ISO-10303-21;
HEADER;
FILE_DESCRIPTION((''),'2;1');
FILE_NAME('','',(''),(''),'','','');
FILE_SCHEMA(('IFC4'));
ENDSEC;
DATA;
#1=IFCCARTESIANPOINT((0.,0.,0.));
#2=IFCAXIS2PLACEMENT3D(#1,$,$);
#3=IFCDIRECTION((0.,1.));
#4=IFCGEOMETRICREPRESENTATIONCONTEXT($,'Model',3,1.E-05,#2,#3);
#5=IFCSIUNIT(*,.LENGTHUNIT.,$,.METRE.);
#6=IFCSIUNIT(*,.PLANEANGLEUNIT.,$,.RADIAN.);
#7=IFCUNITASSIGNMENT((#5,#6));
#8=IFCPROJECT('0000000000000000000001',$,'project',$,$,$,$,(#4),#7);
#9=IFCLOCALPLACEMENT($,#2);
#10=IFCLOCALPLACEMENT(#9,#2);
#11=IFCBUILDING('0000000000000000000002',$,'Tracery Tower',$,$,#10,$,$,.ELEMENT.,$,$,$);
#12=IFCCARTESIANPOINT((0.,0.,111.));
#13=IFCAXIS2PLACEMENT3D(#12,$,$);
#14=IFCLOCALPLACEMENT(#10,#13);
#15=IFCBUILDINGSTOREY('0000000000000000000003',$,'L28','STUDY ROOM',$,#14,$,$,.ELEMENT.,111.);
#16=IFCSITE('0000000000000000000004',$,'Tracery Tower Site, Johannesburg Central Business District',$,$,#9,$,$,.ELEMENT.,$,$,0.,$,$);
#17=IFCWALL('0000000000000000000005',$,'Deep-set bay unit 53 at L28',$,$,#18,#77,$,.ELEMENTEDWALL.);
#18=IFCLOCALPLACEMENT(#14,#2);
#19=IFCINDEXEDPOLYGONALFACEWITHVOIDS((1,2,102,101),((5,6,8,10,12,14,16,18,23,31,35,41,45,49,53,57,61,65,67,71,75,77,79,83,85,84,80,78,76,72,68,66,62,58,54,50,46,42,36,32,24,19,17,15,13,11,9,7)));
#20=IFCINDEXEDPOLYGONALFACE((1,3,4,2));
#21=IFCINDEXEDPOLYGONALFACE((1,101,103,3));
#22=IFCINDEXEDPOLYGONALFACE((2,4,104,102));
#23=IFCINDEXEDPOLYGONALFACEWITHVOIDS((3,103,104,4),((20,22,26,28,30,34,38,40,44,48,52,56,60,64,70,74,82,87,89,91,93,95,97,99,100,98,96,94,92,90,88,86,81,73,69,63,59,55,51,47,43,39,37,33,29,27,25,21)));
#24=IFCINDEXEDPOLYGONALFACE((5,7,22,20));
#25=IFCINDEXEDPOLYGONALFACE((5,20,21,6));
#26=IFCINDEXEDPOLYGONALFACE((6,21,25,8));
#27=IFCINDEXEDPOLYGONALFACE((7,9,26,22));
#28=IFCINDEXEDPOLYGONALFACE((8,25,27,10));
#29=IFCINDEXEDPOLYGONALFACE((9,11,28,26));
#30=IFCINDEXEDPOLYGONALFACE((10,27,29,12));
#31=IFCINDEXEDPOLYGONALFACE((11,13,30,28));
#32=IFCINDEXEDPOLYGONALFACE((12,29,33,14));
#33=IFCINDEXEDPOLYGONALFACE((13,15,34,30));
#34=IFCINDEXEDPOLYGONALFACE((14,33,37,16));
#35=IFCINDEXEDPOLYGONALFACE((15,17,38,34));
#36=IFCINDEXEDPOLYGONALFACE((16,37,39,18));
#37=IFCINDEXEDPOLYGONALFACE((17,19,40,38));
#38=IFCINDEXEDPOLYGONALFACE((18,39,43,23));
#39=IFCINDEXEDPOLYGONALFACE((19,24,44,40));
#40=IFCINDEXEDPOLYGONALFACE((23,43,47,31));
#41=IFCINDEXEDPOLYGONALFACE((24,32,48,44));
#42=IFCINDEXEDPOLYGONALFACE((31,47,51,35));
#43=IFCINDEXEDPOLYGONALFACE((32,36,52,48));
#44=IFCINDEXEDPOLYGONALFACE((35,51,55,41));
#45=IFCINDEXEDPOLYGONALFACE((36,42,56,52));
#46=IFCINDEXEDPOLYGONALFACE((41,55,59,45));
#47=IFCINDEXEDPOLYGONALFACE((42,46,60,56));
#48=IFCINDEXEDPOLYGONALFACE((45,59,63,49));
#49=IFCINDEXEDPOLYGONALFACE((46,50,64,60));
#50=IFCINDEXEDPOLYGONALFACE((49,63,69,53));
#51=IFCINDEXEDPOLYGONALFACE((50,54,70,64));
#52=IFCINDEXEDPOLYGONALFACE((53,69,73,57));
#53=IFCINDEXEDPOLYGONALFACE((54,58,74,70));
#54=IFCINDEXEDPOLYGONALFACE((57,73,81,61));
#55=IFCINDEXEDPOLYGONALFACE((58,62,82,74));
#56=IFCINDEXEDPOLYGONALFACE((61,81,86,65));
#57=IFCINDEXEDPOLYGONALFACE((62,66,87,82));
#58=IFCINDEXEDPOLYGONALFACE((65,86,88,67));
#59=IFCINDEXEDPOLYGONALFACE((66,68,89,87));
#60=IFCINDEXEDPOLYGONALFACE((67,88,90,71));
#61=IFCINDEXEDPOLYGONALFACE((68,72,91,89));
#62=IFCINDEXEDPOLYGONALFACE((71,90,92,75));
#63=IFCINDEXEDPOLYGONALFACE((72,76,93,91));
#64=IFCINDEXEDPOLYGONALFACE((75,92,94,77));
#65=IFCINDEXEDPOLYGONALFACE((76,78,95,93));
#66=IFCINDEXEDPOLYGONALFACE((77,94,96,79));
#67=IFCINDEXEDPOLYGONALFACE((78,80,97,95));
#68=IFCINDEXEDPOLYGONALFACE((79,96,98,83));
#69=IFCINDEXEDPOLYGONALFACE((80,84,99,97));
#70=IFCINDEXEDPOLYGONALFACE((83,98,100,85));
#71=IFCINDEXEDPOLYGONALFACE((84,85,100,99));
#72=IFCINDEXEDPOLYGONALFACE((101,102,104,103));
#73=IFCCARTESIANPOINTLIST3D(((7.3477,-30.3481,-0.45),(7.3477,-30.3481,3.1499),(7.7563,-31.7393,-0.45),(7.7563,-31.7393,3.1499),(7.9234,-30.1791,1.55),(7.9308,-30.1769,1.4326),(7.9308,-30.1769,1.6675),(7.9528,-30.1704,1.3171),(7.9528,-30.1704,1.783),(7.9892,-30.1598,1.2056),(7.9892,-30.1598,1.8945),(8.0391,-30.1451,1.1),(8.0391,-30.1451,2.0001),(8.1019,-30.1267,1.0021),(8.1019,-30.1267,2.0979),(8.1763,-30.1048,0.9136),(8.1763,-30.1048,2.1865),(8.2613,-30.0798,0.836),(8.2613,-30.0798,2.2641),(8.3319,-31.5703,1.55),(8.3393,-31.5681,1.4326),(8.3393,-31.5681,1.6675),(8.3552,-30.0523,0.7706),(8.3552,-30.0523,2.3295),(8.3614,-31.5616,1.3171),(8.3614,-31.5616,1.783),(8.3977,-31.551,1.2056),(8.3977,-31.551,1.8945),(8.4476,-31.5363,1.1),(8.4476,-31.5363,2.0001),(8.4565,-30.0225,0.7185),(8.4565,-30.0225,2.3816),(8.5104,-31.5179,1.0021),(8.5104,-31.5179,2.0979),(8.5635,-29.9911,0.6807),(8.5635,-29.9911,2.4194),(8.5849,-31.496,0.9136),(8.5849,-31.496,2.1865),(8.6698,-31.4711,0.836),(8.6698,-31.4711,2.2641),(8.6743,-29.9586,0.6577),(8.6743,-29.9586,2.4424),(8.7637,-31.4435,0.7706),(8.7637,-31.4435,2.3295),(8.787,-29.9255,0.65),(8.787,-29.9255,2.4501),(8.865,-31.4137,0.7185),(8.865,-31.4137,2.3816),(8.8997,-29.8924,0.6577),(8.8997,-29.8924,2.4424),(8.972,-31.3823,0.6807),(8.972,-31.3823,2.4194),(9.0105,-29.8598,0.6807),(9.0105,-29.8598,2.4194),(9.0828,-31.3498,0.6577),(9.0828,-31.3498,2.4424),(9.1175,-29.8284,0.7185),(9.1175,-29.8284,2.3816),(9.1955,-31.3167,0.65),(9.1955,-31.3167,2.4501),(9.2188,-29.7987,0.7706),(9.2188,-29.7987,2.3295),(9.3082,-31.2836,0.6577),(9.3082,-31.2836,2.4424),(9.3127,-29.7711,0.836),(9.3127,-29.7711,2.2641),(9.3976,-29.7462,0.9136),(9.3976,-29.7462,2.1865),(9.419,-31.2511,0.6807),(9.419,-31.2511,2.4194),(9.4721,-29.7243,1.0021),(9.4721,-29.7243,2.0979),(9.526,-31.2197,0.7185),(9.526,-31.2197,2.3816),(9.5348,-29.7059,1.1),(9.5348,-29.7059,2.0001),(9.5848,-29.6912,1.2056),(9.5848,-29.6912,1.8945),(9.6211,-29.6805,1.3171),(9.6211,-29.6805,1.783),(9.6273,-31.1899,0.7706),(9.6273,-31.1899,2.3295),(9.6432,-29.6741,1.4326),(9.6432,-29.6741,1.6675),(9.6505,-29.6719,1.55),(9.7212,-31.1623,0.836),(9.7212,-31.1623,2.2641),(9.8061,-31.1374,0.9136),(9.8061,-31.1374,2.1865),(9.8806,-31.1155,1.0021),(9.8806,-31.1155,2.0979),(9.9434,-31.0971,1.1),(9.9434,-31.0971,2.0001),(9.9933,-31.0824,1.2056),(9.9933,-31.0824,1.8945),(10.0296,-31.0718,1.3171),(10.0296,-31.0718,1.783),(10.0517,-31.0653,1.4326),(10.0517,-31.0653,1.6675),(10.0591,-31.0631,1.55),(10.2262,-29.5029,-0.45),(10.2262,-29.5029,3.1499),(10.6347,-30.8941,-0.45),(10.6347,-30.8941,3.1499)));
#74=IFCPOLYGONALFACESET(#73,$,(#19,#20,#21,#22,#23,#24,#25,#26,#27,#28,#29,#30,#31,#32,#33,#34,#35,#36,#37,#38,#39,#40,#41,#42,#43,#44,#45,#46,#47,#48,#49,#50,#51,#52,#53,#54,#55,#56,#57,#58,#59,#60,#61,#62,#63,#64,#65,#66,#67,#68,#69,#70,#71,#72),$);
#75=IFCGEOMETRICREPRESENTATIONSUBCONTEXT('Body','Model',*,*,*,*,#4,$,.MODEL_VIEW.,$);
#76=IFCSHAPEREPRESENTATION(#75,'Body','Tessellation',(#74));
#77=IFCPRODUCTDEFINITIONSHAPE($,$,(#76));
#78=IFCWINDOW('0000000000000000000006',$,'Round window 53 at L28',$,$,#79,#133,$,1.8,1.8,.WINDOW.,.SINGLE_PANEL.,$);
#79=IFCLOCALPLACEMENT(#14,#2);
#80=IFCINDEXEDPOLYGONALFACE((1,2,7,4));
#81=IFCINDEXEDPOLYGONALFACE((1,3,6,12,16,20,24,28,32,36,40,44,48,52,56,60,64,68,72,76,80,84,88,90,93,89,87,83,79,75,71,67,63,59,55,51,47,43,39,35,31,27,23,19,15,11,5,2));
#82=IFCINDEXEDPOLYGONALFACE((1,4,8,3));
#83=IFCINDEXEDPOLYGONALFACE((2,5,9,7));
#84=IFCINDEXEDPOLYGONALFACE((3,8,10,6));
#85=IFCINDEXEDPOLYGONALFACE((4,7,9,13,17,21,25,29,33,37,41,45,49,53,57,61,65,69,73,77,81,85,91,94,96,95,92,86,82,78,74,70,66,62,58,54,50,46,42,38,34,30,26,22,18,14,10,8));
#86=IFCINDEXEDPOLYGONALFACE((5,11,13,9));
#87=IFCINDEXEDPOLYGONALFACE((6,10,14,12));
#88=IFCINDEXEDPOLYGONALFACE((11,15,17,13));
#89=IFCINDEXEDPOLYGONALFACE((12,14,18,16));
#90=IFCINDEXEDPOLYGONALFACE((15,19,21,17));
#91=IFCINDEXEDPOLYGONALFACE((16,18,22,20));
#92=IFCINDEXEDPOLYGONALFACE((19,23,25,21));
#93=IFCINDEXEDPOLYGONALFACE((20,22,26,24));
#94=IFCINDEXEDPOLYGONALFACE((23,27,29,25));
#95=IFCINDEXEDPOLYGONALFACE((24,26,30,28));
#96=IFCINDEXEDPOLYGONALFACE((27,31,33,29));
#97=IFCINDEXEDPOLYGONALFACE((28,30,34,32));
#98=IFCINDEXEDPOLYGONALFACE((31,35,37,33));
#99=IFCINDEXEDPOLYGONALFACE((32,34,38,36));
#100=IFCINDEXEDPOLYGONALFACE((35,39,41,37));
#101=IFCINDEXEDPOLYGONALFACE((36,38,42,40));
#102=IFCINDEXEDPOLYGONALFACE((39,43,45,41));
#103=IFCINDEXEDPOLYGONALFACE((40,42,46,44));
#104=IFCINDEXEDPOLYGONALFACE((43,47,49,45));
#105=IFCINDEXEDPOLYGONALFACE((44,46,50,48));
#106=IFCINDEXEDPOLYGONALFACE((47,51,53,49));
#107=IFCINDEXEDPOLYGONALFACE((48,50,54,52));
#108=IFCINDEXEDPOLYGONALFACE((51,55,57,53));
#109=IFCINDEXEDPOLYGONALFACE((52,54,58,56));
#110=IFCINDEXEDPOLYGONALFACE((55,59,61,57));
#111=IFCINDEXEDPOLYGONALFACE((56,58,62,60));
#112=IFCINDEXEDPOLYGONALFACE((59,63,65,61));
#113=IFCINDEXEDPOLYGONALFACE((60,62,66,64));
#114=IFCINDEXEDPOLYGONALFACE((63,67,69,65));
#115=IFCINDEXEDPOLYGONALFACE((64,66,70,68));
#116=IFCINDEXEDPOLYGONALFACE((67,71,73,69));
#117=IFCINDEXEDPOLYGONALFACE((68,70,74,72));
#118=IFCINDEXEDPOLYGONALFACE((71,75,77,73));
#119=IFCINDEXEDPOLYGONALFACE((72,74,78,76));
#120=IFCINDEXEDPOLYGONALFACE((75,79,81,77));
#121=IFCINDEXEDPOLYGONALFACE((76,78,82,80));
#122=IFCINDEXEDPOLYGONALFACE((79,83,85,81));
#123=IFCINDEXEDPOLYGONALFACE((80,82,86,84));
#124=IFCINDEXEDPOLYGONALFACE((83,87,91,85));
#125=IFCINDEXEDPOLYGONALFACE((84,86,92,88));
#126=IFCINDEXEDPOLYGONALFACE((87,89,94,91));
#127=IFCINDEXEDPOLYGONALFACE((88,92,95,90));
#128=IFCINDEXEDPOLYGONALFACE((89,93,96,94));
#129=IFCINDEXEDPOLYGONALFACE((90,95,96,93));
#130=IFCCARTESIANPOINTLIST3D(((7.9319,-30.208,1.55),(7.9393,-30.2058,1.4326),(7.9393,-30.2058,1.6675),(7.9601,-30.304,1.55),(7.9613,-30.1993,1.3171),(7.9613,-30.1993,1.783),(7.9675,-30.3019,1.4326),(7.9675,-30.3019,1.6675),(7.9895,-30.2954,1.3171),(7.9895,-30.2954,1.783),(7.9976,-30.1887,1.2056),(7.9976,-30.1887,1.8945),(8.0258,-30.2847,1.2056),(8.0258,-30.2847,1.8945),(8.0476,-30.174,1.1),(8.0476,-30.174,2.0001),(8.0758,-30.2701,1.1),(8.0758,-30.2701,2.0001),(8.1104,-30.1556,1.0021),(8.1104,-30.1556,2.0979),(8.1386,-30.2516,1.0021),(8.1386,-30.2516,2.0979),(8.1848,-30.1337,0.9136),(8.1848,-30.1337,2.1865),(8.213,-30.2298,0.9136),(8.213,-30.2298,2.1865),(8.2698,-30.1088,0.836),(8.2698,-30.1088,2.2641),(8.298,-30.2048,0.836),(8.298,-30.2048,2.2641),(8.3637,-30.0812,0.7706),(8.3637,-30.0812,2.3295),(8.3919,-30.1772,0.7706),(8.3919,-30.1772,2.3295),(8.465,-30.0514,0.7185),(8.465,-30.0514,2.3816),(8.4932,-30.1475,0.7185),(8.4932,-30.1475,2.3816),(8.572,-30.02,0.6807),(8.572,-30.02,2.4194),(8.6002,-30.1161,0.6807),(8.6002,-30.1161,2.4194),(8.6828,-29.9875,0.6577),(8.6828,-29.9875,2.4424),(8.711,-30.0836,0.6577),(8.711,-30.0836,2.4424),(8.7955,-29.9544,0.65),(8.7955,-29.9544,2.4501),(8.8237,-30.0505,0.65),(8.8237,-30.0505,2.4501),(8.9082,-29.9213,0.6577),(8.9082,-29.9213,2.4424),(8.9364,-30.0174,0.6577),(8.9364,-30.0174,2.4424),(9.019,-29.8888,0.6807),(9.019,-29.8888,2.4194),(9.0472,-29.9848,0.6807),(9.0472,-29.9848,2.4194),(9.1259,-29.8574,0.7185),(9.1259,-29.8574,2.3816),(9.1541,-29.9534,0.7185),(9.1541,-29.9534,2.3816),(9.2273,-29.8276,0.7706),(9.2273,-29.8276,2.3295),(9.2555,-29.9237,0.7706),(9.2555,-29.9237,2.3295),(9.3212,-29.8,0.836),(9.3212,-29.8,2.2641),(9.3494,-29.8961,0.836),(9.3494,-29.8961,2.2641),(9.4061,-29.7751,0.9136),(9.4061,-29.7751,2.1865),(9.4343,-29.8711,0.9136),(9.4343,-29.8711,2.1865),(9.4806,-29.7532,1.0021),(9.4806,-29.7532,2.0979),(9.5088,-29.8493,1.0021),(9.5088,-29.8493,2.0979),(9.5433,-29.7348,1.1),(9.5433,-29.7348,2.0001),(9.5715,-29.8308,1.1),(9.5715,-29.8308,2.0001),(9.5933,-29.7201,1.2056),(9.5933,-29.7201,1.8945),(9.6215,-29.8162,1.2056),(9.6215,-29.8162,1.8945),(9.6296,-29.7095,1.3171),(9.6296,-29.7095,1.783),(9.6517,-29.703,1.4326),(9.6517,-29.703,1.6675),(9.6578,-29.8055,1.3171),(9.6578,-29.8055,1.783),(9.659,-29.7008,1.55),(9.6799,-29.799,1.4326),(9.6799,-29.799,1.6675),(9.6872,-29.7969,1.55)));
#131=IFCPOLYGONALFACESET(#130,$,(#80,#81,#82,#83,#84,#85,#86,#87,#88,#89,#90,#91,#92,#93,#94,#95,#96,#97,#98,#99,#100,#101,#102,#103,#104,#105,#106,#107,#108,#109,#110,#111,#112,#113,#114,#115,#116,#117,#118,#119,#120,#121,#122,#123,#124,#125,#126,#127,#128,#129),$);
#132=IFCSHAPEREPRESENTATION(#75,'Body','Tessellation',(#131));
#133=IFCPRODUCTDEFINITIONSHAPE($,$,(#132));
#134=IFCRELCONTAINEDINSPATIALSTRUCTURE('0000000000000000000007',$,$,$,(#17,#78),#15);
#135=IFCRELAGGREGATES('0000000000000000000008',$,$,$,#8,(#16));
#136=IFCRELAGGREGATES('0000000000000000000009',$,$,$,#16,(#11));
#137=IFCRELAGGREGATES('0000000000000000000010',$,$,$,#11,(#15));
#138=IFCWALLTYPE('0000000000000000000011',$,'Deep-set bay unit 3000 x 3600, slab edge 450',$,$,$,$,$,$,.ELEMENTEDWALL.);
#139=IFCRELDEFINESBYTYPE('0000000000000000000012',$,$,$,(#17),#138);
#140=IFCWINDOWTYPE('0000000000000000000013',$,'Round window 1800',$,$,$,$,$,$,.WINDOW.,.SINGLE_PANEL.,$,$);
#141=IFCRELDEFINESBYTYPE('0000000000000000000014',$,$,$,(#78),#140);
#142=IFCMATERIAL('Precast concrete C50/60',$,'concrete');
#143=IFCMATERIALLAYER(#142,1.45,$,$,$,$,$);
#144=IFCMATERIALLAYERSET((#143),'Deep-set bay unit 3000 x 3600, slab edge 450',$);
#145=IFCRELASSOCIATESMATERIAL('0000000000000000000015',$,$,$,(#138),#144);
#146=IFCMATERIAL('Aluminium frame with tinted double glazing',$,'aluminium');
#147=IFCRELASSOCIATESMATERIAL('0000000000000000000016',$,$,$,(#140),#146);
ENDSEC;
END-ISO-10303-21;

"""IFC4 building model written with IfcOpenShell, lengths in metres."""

from ifc_helpers import new_model, si_unit, direction, frame, frame_2d, origin, origin_2d, place, context, subcontext, project, spatial, rectangle, circle, extrude, material, layer, layer_set, type_object, element, fill, save


model = new_model("IFC4")

# Units and contexts
model_context = context("Model", 3, precision=1e-05, world=origin(), true_north=direction((0.0, 1.0)))
body_context = subcontext(model_context, "Body", "Model", "MODEL_VIEW")
ifc_project = project(units=[si_unit("LENGTHUNIT", "METRE"), si_unit("PLANEANGLEUNIT", "RADIAN")], contexts=[model_context])

# Site, building, storey
site_placement = place(None, origin())
site = spatial("IfcSite", under=ifc_project, at=site_placement, Name="Tracery Tower Site, Johannesburg Central Business District", CompositionType="ELEMENT", RefElevation=0.0)
building_placement = place(site_placement, origin())
building = spatial("IfcBuilding", under=site, at=building_placement, Name="Tracery Tower", CompositionType="ELEMENT")
storey_placement = place(building_placement, frame((0.0, 0.0, 111.0)))
storey = spatial("IfcBuildingStorey", under=building, at=storey_placement, Name="L28", Description="STUDY ROOM", CompositionType="ELEMENT", Elevation=111.0)

# Wall, opening, window
ifc_material_1 = material(Name="Precast concrete C50/60", Category="concrete")
ifc_layer_1 = layer(ifc_material_1, 1.45)
ifc_layer_set_1 = layer_set([ifc_layer_1], Name="Deep-set bay unit 3000 x 3600, slab edge 450")
wall_type_1 = type_object("IfcWallType", Name="Deep-set bay unit 3000 x 3600, slab edge 450", PredefinedType="ELEMENTEDWALL", material=ifc_layer_set_1)
wall_1_placement = place(storey_placement, frame((7.552, -31.0437, -0.45), z_axis=(0.0, 0.0, 1.0), x_axis=(0.95949, 0.281743, 0.0)))
wall_1 = element("IfcWall", 1, at=wall_1_placement, inside=storey, type_object=wall_type_1, Name="Deep-set bay unit 53 at L28", PredefinedType="ELEMENTEDWALL", context=body_context, shape_type="SweptSolid", body=[
    extrude(rectangle(XDim=3.0, YDim=1.45, at=frame_2d((1.5, 0.0))), origin(), (0.0, 0.0, 1.0), 3.5999),
])
opening_1_placement = place(wall_1_placement, frame((1.5, 0.0, 2.0)))
opening_1 = element("IfcOpeningElement", 2, at=opening_1_placement, cuts=wall_1, PredefinedType="OPENING", context=body_context, shape_type="SweptSolid", body=[
    extrude(circle(Radius=0.9, at=origin_2d()), frame((0.0, 0.7349, 0.0), z_axis=(0.0, -1.0, 0.0), x_axis=(1.0, 0.0, 0.0)), (0.0, 0.0, 1.0), 1.47),
])
ifc_material_2 = material(Name="Aluminium frame with tinted double glazing", Category="aluminium")
window_type = type_object("IfcWindowType", Name="Round window 1800", PartitioningType="SINGLE_PANEL", PredefinedType="WINDOW", material=ifc_material_2)
window_1_placement = place(opening_1_placement, origin())
window_1 = element("IfcWindow", 3, at=window_1_placement, inside=storey, type_object=window_type, Name="Round window 53 at L28", OverallHeight=1.8, OverallWidth=1.8, PartitioningType="SINGLE_PANEL", PredefinedType="WINDOW", context=body_context, shape_type="SweptSolid", body=[
    extrude(circle(Radius=0.9, at=origin_2d()), frame((0.0, 0.6948, 0.0), z_axis=(0.0, -1.0, 0.0), x_axis=(1.0, 0.0, 0.0)), (0.0, 0.0, 1.0), 0.1001),
])
fill(opening_1, window_1)

save(model, "model.ifc")
